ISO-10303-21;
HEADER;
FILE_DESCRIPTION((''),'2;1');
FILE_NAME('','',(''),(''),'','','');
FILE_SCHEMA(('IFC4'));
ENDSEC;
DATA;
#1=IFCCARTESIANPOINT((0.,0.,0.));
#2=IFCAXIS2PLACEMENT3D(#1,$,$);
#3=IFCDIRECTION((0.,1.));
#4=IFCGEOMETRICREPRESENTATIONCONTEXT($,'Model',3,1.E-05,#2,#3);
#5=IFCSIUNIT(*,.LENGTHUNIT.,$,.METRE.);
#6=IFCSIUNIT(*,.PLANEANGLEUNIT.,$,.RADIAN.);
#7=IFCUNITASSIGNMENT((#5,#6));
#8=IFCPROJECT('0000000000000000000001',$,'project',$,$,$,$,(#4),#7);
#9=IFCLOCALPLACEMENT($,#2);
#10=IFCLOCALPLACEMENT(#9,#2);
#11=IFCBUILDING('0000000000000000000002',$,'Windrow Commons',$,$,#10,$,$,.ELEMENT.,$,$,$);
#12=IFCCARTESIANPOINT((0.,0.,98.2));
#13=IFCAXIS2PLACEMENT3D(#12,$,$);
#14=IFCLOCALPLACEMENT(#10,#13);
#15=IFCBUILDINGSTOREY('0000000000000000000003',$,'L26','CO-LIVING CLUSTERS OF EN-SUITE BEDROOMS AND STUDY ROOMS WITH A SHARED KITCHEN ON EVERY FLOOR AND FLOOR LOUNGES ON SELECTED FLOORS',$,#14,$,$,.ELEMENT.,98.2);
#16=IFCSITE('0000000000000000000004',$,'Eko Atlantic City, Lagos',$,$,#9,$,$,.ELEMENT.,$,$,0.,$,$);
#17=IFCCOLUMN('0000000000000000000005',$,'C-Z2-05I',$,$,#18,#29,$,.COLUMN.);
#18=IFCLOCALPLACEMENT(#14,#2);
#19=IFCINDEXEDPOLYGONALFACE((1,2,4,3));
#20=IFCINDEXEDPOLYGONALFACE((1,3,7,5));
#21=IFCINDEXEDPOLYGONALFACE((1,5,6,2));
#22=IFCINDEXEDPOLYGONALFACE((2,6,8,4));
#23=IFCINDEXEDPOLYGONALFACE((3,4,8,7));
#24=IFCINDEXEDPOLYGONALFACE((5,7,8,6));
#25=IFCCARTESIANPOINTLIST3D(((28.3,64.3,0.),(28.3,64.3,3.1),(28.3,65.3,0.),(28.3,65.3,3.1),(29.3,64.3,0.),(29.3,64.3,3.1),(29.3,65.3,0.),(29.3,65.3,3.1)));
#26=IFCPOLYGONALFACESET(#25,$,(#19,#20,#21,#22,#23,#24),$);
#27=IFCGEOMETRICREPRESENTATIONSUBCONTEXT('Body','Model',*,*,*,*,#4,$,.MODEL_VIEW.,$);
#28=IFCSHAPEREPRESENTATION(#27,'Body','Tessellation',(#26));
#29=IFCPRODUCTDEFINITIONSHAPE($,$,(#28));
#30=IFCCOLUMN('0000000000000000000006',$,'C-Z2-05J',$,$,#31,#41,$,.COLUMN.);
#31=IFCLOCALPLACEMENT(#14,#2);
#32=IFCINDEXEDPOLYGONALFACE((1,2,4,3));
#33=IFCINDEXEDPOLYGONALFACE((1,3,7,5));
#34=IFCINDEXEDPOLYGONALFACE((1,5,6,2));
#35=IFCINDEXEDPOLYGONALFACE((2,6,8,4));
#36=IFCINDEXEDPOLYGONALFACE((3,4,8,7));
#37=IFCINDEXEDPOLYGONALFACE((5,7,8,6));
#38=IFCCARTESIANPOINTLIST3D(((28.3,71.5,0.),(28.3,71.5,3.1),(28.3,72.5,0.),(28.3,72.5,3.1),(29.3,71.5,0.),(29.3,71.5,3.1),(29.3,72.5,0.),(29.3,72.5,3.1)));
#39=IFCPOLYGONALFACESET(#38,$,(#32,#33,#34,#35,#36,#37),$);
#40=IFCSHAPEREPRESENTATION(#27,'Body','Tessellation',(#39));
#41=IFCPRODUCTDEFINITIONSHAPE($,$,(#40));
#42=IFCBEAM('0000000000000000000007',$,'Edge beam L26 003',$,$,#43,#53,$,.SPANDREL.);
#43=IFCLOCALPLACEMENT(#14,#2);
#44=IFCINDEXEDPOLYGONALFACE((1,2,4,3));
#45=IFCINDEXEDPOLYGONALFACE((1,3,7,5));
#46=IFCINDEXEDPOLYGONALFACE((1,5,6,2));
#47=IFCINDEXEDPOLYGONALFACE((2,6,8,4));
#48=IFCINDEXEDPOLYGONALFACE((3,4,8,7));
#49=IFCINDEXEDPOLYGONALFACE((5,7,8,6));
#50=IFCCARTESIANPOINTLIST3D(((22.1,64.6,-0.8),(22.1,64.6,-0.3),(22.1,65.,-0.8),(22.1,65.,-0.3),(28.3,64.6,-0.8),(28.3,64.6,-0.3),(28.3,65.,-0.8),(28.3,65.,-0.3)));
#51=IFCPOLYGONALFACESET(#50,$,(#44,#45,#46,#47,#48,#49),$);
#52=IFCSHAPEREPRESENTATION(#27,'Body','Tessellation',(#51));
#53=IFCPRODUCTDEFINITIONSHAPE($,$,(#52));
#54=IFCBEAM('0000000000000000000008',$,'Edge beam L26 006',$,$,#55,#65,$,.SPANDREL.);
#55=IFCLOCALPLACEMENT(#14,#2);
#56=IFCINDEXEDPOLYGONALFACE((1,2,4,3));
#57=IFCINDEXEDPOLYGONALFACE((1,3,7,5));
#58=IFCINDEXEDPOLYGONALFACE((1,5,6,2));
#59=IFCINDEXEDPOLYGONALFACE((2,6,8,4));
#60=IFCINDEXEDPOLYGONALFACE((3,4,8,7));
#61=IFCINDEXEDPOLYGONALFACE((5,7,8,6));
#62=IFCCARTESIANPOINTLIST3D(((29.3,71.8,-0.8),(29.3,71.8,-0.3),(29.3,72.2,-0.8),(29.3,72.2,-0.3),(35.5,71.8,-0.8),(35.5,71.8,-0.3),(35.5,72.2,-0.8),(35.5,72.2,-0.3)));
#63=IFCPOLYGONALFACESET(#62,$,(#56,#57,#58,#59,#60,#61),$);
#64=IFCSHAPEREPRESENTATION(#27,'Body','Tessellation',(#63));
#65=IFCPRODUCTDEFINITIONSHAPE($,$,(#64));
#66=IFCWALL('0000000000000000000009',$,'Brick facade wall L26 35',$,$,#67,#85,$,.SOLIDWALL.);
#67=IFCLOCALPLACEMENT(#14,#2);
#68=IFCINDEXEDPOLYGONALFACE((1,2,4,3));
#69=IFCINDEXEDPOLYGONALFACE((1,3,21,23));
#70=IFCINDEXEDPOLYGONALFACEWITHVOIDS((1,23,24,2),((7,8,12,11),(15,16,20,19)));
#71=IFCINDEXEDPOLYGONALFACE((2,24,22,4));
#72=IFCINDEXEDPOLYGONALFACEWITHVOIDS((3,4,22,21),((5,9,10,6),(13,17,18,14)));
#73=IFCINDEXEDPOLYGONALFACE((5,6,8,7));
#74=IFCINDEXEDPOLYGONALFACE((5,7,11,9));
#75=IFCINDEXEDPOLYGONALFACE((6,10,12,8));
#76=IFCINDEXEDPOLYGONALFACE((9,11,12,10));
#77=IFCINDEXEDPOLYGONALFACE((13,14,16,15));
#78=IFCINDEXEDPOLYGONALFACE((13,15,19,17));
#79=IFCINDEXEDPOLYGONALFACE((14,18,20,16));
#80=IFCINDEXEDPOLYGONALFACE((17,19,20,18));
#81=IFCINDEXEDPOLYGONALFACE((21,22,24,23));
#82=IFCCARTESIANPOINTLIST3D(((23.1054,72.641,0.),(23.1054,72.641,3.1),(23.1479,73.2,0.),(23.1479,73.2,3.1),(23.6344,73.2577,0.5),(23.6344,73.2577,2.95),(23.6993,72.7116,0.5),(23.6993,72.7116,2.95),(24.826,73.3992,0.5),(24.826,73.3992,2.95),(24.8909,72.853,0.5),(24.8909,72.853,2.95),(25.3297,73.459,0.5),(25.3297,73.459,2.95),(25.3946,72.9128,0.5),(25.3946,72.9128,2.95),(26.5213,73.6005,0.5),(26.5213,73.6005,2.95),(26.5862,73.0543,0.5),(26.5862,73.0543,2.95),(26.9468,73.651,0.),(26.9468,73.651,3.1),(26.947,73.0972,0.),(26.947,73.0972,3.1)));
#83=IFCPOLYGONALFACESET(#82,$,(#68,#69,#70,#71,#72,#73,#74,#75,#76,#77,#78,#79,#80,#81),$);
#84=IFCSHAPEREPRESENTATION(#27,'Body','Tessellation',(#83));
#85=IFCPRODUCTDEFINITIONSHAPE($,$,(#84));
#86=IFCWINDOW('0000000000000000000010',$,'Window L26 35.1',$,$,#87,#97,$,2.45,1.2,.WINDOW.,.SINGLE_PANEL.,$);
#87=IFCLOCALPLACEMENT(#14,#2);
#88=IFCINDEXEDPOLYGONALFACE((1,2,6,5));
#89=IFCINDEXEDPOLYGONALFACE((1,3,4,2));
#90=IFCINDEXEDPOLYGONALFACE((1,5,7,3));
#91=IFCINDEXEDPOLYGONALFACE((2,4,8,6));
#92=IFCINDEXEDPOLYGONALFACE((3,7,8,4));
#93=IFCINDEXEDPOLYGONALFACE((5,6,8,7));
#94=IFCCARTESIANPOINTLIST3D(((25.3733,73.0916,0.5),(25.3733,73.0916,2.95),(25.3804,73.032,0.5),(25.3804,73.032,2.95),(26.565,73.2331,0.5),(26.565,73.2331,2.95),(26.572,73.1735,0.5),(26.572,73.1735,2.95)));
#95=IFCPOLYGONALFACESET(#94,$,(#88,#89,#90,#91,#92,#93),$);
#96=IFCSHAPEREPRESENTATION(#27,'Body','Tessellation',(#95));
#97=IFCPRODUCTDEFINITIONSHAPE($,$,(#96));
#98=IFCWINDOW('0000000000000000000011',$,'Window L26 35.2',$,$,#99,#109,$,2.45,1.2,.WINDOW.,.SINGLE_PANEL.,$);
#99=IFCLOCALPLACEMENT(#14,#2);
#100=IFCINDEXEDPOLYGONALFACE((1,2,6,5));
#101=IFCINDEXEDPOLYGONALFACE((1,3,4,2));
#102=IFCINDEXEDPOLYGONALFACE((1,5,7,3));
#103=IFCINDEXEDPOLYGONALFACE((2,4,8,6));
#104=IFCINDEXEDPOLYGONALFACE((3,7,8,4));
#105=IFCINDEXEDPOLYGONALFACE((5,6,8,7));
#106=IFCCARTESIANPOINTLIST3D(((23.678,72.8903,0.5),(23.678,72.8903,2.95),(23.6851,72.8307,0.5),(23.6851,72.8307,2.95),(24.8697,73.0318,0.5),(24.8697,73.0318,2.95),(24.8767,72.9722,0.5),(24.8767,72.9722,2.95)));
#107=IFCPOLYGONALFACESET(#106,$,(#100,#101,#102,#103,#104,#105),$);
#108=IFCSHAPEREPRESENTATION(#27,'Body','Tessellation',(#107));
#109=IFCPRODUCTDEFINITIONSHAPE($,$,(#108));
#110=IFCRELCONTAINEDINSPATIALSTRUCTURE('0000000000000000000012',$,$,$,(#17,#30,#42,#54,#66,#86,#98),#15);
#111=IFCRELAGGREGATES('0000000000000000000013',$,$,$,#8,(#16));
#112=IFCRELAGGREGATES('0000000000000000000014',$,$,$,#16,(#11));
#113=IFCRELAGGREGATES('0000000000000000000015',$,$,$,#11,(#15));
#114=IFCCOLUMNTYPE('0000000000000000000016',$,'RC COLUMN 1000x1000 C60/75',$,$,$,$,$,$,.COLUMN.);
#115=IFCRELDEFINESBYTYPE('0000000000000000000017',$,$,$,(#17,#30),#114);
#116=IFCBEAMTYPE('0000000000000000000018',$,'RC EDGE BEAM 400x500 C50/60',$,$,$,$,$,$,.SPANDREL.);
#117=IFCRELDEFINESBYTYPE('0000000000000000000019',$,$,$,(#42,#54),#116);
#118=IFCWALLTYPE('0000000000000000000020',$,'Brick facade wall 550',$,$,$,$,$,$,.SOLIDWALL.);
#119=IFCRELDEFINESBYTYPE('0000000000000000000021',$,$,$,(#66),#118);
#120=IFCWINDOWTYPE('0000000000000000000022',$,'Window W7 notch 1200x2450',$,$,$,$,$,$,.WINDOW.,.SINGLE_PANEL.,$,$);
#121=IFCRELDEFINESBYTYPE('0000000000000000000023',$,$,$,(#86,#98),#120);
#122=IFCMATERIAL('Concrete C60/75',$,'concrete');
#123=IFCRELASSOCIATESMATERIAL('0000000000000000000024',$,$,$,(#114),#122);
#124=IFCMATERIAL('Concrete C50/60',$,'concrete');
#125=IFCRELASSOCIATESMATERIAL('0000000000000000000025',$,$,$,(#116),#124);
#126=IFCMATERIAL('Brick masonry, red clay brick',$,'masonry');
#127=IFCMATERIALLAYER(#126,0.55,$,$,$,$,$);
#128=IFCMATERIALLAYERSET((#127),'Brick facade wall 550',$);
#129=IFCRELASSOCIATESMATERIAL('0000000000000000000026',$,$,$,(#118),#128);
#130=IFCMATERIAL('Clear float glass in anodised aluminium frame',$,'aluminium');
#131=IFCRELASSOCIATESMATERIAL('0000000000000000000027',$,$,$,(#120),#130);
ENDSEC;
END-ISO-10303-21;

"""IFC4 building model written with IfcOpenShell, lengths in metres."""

from ifc_helpers import new_model, si_unit, direction, frame, frame_2d, origin, origin_2d, place, context, subcontext, project, spatial, polyline, rectangle, outline, extrude, material, layer, layer_set, material_profile, profile_set, type_object, element, fill, save


model = new_model("IFC4")

# Units and contexts
model_context = context("Model", 3, precision=1e-05, world=origin(), true_north=direction((0.0, 1.0)))
body_context = subcontext(model_context, "Body", "Model", "MODEL_VIEW")
ifc_project = project(units=[si_unit("LENGTHUNIT", "METRE"), si_unit("PLANEANGLEUNIT", "RADIAN")], contexts=[model_context])

# Site, building, storey
site_placement = place(None, origin())
site = spatial("IfcSite", under=ifc_project, at=site_placement, Name="Eko Atlantic City, Lagos", CompositionType="ELEMENT", RefElevation=0.0)
building_placement = place(site_placement, origin())
building = spatial("IfcBuilding", under=site, at=building_placement, Name="Windrow Commons", CompositionType="ELEMENT")
storey_placement = place(building_placement, frame((0.0, 0.0, 98.2)))
storey = spatial("IfcBuildingStorey", under=building, at=storey_placement, Name="L26", Description="CO-LIVING CLUSTERS OF EN-SUITE BEDROOMS AND STUDY ROOMS WITH A SHARED KITCHEN ON EVERY FLOOR AND FLOOR LOUNGES ON SELECTED FLOORS", CompositionType="ELEMENT", Elevation=98.2)

# Columns
ifc_material_1 = material(Name="Concrete C60/75", Category="concrete")
ifc_material_profile_1 = material_profile(ifc_material_1, rectangle(XDim=1.0, YDim=1.0, at=origin_2d()))
ifc_profile_set_1 = profile_set([ifc_material_profile_1], Name="Concrete C60/75")
column_type = type_object("IfcColumnType", Name="RC COLUMN 1000x1000 C60/75", PredefinedType="COLUMN", material=ifc_profile_set_1)
for number, where, z_axis, x_axis, name in (
    (1, (28.8, 64.8, 0.0), (0.0, 0.0, 1.0), (1.0, 0.0, 0.0), "C-Z2-05I"),
    (2, (28.8, 72.0, 0.0), (0.0, 0.0, 1.0), (1.0, 0.0, 0.0), "C-Z2-05J"),
):
    element("IfcColumn", number, at=place(storey_placement, frame(where, z_axis=z_axis, x_axis=x_axis)), inside=storey, type_object=column_type, Name=name, PredefinedType="COLUMN", context=body_context, shape_type="SweptSolid", body=[
        extrude(rectangle(XDim=1.0, YDim=1.0, at=origin_2d()), origin(), (0.0, 0.0, 1.0), 3.1),
    ])

# Beams
ifc_material_2 = material(Name="Concrete C50/60", Category="concrete")
ifc_material_profile_2 = material_profile(ifc_material_2, rectangle(XDim=0.4, YDim=0.5, at=origin_2d()))
ifc_profile_set_2 = profile_set([ifc_material_profile_2], Name="Concrete C50/60")
beam_type = type_object("IfcBeamType", Name="RC EDGE BEAM 400x500 C50/60", PredefinedType="SPANDREL", material=ifc_profile_set_2)
for number, where, z_axis, x_axis, name in (
    (3, (28.3, 64.8, -0.55), (-1.0, 0.0, 0.0), (0.0, -1.0, 0.0), "Edge beam L26 003"),
    (4, (29.3, 72.0, -0.55), (1.0, 0.0, 0.0), (0.0, 1.0, 0.0), "Edge beam L26 006"),
):
    element("IfcBeam", number, at=place(storey_placement, frame(where, z_axis=z_axis, x_axis=x_axis)), inside=storey, type_object=beam_type, Name=name, PredefinedType="SPANDREL", context=body_context, shape_type="SweptSolid", body=[
        extrude(rectangle(XDim=0.4, YDim=0.5, at=origin_2d()), origin(), (0.0, 0.0, 1.0), 6.2),
    ])

# Wall, openings, windows
ifc_material_3 = material(Name="Brick masonry, red clay brick", Category="masonry")
ifc_layer_1 = layer(ifc_material_3, 0.55)
ifc_layer_set_1 = layer_set([ifc_layer_1], Name="Brick facade wall 550")
wall_type_1 = type_object("IfcWallType", Name="Brick facade wall 550", PredefinedType="SOLIDWALL", material=ifc_layer_set_1)
wall_1_placement = place(storey_placement, frame((26.9469, 73.3741, 0.0), z_axis=(0.0, 0.0, 1.0), x_axis=(-0.993024, -0.117909, 0.0)))
wall_1 = element("IfcWall", 5, at=wall_1_placement, inside=storey, type_object=wall_type_1, Name="Brick facade wall L26 35", PredefinedType="SOLIDWALL", context=body_context, shape_type="SweptSolid", body=[
    extrude(outline(polyline([(-0.0326, -0.275), (3.793, -0.275), (3.9011, 0.275), (0.0326, 0.275), (-0.0326, -0.275)])), origin(), (0.0, 0.0, 1.0), 3.1),
])
opening_1_placement = place(wall_1_placement, frame((0.3959, 0.0, 0.5)))
opening_1 = element("IfcOpeningElement", 6, at=opening_1_placement, cuts=wall_1, PredefinedType="OPENING", context=body_context, shape_type="SweptSolid", body=[
    extrude(rectangle(XDim=1.2, YDim=2.45, at=frame_2d((0.6, 1.225))), frame((0.0, 0.285, 0.0), z_axis=(0.0, -1.0, 0.0), x_axis=(1.0, 0.0, 0.0)), (0.0, 0.0, 1.0), 0.57),
])
opening_2_placement = place(wall_1_placement, frame((2.1031, 0.0, 0.5)))
opening_2 = element("IfcOpeningElement", 7, at=opening_2_placement, cuts=wall_1, PredefinedType="OPENING", context=body_context, shape_type="SweptSolid", body=[
    extrude(rectangle(XDim=1.2, YDim=2.45, at=frame_2d((0.6, 1.225))), frame((0.0, 0.285, 0.0), z_axis=(0.0, -1.0, 0.0), x_axis=(1.0, 0.0, 0.0)), (0.0, 0.0, 1.0), 0.57),
])
ifc_material_4 = material(Name="Clear float glass in anodised aluminium frame", Category="aluminium")
window_type_1 = type_object("IfcWindowType", Name="Window W7 notch 1200x2450", PartitioningType="SINGLE_PANEL", PredefinedType="WINDOW", material=ifc_material_4)
window_1_placement = place(opening_1_placement, origin())
window_1 = element("IfcWindow", 8, at=window_1_placement, inside=storey, type_object=window_type_1, Name="Window L26 35.1", OverallHeight=2.45, OverallWidth=1.2, PartitioningType="SINGLE_PANEL", PredefinedType="WINDOW", context=body_context, shape_type="SweptSolid", body=[
    extrude(rectangle(XDim=1.2, YDim=2.45, at=frame_2d((0.6, 1.225))), frame((0.0, 0.155, 0.0), z_axis=(0.0, -1.0, 0.0), x_axis=(1.0, 0.0, 0.0)), (0.0, 0.0, 1.0), 0.06),
])
fill(opening_1, window_1)
window_2_placement = place(opening_2_placement, origin())
window_2 = element("IfcWindow", 9, at=window_2_placement, inside=storey, type_object=window_type_1, Name="Window L26 35.2", OverallHeight=2.45, OverallWidth=1.2, PartitioningType="SINGLE_PANEL", PredefinedType="WINDOW", context=body_context, shape_type="SweptSolid", body=[
    extrude(rectangle(XDim=1.2, YDim=2.45, at=frame_2d((0.6, 1.225))), frame((0.0, 0.155, 0.0), z_axis=(0.0, -1.0, 0.0), x_axis=(1.0, 0.0, 0.0)), (0.0, 0.0, 1.0), 0.06),
])
fill(opening_2, window_2)

save(model, "model.ifc")
